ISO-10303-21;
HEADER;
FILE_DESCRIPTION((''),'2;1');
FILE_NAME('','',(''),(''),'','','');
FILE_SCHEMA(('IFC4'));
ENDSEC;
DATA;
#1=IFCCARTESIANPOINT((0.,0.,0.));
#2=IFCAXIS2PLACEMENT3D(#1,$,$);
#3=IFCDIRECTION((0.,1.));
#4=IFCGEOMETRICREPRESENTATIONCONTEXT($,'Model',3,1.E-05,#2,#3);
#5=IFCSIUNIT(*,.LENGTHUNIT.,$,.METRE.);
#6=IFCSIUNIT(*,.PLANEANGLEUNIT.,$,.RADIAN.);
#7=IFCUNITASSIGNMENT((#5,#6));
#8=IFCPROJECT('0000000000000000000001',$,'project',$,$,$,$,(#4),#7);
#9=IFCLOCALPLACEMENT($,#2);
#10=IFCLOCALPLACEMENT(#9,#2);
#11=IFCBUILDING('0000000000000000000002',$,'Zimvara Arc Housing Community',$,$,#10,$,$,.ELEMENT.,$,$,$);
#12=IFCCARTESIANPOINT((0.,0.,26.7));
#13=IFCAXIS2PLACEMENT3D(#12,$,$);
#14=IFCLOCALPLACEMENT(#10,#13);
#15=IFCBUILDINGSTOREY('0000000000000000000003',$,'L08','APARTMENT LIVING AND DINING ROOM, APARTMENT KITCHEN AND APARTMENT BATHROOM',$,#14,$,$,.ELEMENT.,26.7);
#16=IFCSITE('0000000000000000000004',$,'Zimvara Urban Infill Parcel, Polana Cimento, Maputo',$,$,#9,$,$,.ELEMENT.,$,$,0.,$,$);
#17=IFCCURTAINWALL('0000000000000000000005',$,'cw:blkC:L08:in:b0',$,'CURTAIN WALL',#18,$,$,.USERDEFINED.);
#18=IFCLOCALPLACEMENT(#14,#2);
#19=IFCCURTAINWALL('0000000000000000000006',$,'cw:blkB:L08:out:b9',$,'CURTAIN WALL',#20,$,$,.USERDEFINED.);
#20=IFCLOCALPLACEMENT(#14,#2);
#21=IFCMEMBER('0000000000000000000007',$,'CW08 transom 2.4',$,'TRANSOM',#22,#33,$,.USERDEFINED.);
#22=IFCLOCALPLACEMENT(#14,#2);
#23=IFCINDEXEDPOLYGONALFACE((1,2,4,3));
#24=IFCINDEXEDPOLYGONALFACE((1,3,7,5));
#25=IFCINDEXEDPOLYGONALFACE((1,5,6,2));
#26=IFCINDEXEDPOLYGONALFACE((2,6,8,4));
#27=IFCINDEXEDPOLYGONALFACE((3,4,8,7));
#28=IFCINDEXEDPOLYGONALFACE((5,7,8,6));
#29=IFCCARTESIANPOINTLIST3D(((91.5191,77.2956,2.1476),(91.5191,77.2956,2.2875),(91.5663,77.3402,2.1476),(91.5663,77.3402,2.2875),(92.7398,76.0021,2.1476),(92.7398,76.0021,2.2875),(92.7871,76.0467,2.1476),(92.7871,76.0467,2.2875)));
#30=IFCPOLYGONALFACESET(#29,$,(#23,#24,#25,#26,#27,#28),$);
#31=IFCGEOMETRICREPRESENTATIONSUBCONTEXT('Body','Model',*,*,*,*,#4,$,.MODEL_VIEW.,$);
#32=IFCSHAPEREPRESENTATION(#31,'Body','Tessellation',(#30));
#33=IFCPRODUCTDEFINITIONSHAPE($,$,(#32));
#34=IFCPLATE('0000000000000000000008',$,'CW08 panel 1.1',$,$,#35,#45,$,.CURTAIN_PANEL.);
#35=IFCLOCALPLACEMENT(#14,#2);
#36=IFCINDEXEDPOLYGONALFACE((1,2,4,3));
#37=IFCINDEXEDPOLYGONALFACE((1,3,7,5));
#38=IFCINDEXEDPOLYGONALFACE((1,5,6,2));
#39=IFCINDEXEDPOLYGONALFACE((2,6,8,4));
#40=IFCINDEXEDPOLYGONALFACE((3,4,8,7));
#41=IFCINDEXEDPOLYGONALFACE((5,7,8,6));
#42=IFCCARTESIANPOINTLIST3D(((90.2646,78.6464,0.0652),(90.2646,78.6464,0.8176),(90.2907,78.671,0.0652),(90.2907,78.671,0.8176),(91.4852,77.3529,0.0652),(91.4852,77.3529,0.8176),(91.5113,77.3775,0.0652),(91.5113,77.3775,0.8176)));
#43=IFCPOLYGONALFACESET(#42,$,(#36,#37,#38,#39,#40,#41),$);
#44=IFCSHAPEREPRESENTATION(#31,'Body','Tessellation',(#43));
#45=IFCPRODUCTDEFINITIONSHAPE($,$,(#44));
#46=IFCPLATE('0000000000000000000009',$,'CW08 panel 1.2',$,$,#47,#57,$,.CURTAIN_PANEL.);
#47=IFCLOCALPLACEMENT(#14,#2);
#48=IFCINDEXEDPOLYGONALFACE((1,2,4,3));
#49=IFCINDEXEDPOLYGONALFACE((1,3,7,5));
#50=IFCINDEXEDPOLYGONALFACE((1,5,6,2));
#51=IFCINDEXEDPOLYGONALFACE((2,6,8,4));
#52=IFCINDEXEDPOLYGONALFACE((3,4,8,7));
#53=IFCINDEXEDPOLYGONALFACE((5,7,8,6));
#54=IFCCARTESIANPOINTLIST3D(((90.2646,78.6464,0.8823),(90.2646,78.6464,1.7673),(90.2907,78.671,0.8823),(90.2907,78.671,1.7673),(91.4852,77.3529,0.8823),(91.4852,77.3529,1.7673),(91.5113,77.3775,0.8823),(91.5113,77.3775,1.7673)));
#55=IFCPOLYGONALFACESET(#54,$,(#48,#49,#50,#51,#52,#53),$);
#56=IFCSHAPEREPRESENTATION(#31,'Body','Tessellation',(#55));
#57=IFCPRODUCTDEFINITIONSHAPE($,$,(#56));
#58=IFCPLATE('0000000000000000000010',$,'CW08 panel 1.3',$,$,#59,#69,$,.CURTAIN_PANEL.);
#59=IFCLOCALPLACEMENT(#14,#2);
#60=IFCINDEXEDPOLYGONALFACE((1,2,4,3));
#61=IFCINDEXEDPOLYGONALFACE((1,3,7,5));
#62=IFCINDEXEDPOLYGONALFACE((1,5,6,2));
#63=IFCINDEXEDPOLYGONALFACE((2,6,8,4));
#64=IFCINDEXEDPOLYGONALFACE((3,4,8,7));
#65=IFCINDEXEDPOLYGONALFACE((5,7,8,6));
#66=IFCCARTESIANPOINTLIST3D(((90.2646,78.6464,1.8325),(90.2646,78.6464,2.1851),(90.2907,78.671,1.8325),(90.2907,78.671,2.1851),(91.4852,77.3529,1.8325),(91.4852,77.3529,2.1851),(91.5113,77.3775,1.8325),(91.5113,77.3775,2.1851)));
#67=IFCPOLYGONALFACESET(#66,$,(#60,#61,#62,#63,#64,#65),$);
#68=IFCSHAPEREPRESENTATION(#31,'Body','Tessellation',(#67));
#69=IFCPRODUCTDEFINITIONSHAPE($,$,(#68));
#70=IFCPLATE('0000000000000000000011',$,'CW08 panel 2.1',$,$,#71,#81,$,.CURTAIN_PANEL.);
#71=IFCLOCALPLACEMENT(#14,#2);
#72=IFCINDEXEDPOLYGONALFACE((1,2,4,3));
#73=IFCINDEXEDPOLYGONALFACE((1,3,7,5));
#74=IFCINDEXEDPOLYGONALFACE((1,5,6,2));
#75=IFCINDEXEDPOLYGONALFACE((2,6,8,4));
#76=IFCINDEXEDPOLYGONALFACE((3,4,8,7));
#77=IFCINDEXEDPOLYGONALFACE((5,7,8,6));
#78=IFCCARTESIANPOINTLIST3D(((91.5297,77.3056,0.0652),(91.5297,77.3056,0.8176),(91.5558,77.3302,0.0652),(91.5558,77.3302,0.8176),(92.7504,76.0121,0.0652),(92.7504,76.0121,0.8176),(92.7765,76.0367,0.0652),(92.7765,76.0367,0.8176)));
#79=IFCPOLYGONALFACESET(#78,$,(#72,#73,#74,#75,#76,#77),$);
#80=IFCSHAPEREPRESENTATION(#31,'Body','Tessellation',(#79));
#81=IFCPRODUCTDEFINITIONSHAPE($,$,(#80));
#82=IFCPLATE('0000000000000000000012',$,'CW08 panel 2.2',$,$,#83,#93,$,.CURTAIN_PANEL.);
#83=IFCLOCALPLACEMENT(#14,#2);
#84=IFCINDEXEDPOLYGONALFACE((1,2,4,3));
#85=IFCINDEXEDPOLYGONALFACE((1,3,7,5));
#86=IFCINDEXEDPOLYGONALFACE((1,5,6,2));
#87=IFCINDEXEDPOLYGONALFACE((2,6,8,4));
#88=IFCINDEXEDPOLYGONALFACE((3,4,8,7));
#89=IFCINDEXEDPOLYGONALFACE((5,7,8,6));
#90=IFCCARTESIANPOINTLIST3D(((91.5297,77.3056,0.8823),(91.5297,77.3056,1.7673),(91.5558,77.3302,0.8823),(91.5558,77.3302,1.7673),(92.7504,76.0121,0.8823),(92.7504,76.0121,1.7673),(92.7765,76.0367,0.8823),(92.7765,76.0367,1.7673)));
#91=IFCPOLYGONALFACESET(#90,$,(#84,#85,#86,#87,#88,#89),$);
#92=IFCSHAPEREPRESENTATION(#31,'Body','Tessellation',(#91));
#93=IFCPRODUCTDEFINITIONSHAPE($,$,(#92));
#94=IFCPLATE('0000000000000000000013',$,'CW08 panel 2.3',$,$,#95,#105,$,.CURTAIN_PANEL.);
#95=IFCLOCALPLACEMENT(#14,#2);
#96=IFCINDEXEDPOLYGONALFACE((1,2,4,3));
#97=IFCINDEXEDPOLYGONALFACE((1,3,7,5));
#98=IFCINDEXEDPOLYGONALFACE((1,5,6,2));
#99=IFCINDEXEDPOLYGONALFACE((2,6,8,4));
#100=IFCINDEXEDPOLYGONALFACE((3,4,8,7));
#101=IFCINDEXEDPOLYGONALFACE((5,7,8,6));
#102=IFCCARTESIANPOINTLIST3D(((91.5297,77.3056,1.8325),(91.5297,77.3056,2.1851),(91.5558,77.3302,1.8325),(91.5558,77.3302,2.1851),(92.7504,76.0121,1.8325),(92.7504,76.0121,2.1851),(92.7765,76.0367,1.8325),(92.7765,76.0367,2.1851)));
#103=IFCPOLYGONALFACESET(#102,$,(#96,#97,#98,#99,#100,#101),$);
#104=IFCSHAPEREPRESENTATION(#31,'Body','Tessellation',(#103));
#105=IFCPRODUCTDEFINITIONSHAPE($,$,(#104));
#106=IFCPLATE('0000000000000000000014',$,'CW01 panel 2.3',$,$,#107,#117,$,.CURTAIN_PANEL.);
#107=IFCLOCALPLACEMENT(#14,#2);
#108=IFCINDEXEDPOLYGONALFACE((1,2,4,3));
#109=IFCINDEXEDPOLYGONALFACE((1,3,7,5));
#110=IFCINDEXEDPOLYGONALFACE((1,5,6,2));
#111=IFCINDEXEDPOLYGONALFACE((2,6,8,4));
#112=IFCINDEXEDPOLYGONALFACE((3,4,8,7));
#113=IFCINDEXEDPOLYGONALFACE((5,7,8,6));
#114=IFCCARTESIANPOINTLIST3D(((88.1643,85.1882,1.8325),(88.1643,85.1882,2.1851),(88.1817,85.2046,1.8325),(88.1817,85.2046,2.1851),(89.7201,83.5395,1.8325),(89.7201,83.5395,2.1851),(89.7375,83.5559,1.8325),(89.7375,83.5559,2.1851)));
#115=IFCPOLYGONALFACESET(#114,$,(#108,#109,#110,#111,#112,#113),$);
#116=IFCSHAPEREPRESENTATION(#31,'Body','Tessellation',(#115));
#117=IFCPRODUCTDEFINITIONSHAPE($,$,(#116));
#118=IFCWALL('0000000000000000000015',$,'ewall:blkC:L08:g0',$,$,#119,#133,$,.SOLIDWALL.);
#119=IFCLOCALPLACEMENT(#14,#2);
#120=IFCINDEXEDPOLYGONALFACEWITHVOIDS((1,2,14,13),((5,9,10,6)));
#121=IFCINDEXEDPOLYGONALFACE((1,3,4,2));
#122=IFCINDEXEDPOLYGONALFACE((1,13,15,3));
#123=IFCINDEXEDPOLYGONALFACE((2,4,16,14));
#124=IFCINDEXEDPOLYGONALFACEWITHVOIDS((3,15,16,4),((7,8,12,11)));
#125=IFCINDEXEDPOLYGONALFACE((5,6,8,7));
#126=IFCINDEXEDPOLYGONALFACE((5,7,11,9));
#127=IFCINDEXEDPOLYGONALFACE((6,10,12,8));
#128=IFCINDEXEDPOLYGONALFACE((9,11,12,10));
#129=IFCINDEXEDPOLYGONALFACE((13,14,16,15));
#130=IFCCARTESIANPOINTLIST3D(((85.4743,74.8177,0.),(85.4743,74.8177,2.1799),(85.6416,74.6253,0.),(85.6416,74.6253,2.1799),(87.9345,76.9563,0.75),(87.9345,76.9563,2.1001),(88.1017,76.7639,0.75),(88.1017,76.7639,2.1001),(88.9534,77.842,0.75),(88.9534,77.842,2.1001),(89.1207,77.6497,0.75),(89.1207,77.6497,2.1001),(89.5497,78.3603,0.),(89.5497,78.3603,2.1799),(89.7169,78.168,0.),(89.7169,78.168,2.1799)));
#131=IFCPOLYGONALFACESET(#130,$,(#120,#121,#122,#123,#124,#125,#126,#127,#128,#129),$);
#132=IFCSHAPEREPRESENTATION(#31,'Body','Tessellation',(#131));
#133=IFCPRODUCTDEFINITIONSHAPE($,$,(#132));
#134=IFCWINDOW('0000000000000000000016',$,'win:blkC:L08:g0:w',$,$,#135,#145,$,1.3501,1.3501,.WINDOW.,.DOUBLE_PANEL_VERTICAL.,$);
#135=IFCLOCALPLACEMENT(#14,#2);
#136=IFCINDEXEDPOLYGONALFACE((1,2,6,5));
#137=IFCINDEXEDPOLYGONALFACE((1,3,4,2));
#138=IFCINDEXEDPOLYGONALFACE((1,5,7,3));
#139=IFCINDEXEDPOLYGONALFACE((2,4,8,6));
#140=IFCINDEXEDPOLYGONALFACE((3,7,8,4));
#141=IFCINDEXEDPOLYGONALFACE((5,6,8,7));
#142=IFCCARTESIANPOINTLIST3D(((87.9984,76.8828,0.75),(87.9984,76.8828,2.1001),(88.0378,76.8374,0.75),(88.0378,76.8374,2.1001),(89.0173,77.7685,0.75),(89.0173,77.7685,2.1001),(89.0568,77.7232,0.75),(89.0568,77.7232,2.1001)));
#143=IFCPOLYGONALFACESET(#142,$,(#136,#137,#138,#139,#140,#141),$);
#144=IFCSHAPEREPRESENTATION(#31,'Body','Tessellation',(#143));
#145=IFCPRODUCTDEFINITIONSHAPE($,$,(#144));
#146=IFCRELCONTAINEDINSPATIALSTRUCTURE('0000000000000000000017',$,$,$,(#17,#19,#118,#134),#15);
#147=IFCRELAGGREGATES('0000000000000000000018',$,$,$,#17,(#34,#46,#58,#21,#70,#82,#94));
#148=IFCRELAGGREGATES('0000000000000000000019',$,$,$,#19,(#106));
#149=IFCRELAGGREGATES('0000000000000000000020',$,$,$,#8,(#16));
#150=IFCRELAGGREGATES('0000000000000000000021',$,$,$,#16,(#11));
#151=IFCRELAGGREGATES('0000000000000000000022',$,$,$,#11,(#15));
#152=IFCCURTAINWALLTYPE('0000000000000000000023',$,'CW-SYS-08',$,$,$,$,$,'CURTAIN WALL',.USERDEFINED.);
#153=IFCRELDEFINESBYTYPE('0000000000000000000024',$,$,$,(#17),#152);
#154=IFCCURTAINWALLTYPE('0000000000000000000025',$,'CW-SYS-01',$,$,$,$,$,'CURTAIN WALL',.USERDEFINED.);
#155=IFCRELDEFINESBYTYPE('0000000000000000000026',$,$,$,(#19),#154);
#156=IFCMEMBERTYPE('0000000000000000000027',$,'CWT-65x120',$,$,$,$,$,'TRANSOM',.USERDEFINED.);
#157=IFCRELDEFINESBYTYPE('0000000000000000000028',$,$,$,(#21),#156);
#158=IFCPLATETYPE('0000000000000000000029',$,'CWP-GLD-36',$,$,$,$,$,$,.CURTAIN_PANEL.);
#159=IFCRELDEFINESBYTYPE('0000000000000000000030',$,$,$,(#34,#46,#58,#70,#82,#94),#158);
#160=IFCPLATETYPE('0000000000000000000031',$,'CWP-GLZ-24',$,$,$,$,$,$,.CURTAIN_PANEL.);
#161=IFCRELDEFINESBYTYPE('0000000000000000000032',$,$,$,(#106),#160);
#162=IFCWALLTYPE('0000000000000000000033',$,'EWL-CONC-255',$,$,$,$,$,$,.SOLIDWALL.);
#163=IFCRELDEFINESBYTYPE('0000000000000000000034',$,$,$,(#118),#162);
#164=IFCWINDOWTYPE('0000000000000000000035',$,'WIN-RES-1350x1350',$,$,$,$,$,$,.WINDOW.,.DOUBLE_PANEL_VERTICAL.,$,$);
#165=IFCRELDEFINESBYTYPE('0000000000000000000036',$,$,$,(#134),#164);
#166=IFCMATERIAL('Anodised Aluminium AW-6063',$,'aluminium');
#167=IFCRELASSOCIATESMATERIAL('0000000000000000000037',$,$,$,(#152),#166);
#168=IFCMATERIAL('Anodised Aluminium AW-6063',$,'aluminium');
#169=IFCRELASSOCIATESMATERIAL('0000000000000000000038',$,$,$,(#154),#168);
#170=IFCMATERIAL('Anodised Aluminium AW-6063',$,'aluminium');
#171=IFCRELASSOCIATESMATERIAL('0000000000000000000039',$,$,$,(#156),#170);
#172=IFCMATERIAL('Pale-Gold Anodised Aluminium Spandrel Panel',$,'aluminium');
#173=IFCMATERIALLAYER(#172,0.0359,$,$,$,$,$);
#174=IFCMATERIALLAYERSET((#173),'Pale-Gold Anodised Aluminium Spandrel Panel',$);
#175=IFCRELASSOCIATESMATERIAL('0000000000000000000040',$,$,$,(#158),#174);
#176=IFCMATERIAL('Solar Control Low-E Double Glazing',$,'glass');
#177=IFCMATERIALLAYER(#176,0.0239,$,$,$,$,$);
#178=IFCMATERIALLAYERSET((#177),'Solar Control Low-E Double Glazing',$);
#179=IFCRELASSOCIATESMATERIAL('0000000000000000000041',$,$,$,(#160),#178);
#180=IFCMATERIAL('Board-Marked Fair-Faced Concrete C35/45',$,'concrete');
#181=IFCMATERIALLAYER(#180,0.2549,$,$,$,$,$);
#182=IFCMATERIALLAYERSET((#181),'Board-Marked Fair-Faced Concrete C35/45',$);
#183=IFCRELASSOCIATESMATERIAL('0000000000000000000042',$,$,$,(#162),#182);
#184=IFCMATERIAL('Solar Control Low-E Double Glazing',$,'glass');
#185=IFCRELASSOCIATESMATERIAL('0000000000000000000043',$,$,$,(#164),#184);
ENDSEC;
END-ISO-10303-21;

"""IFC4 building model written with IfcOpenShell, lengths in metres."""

from ifc_helpers import new_model, si_unit, direction, frame, frame_2d, origin, origin_2d, place, context, subcontext, project, spatial, rectangle, extrude, material, layer, layer_set, material_profile, profile_set, type_object, element, fill, aggregate, save


model = new_model("IFC4")

# Units and contexts
model_context = context("Model", 3, precision=1e-05, world=origin(), true_north=direction((0.0, 1.0)))
body_context = subcontext(model_context, "Body", "Model", "MODEL_VIEW")
ifc_project = project(units=[si_unit("LENGTHUNIT", "METRE"), si_unit("PLANEANGLEUNIT", "RADIAN")], contexts=[model_context])

# Site, building, storey
site_placement = place(None, origin())
site = spatial("IfcSite", under=ifc_project, at=site_placement, Name="Zimvara Urban Infill Parcel, Polana Cimento, Maputo", CompositionType="ELEMENT", RefElevation=0.0)
building_placement = place(site_placement, origin())
building = spatial("IfcBuilding", under=site, at=building_placement, Name="Zimvara Arc Housing Community", CompositionType="ELEMENT")
storey_placement = place(building_placement, frame((0.0, 0.0, 26.7)))
storey = spatial("IfcBuildingStorey", under=building, at=storey_placement, Name="L08", Description="APARTMENT LIVING AND DINING ROOM, APARTMENT KITCHEN AND APARTMENT BATHROOM", CompositionType="ELEMENT", Elevation=26.7)

# Curtain wall
ifc_material_1 = material(Name="Anodised Aluminium AW-6063", Category="aluminium")
curtain_wall_type_1 = type_object("IfcCurtainWallType", Name="CW-SYS-08", ElementType="CURTAIN WALL", PredefinedType="USERDEFINED", material=ifc_material_1)
curtain_wall_1_placement = place(storey_placement, origin())
curtain_wall_1 = element("IfcCurtainWall", 1, at=curtain_wall_1_placement, inside=storey, type_object=curtain_wall_type_1, Name="cw:blkC:L08:in:b0", ObjectType="CURTAIN WALL", PredefinedType="USERDEFINED")

# Curtain wall
ifc_material_2 = material(Name="Anodised Aluminium AW-6063", Category="aluminium")
curtain_wall_type_2 = type_object("IfcCurtainWallType", Name="CW-SYS-01", ElementType="CURTAIN WALL", PredefinedType="USERDEFINED", material=ifc_material_2)
curtain_wall_2_placement = place(storey_placement, origin())
curtain_wall_2 = element("IfcCurtainWall", 2, at=curtain_wall_2_placement, inside=storey, type_object=curtain_wall_type_2, Name="cw:blkB:L08:out:b9", ObjectType="CURTAIN WALL", PredefinedType="USERDEFINED")

# Member
ifc_material_3 = material(Name="Anodised Aluminium AW-6063", Category="aluminium")
ifc_material_profile_1 = material_profile(ifc_material_3, rectangle(XDim=0.0649, YDim=0.1399, at=origin_2d()), Name="ALU 65x140")
ifc_profile_set_1 = profile_set([ifc_material_profile_1], Name="Anodised Aluminium AW-6063")
member_type_1 = type_object("IfcMemberType", Name="CWT-65x120", ElementType="TRANSOM", PredefinedType="USERDEFINED", material=ifc_profile_set_1)
member_1_placement = place(storey_placement, frame((91.5427, 77.3179, 2.2175), z_axis=(0.686357, -0.727264, 0.0), x_axis=(0.727264, 0.686357, 0.0)))
member_1 = element("IfcMember", 3, at=member_1_placement, type_object=member_type_1, Name="CW08 transom 2.4", ObjectType="TRANSOM", PredefinedType="USERDEFINED", context=body_context, shape_type="SweptSolid", body=[
    extrude(rectangle(XDim=0.0649, YDim=0.1399, at=origin_2d()), origin(), (0.0, 0.0, 1.0), 1.7786),
])

# Plates
ifc_material_4 = material(Name="Pale-Gold Anodised Aluminium Spandrel Panel", Category="aluminium")
ifc_layer_1 = layer(ifc_material_4, 0.0359)
ifc_layer_set_1 = layer_set([ifc_layer_1], Name="Pale-Gold Anodised Aluminium Spandrel Panel")
plate_type_1 = type_object("IfcPlateType", Name="CWP-GLD-36", PredefinedType="CURTAIN_PANEL", material=ifc_layer_set_1)
plate_1_placement = place(storey_placement, frame((90.8879, 78.012, 0.0652), z_axis=(0.0, 0.0, 1.0), x_axis=(0.686326, -0.727294, 0.0)))
plate_1 = element("IfcPlate", 4, at=plate_1_placement, type_object=plate_type_1, Name="CW08 panel 1.1", PredefinedType="CURTAIN_PANEL", context=body_context, shape_type="SweptSolid", body=[
    extrude(rectangle(XDim=1.7786, YDim=0.0359, at=origin_2d()), origin(), (0.0, 0.0, 1.0), 0.7524),
])
plate_2_placement = place(storey_placement, frame((90.8879, 78.012, 0.8823), z_axis=(0.0, 0.0, 1.0), x_axis=(0.686326, -0.727294, 0.0)))
plate_2 = element("IfcPlate", 5, at=plate_2_placement, type_object=plate_type_1, Name="CW08 panel 1.2", PredefinedType="CURTAIN_PANEL", context=body_context, shape_type="SweptSolid", body=[
    extrude(rectangle(XDim=1.7786, YDim=0.0359, at=origin_2d()), origin(), (0.0, 0.0, 1.0), 0.885),
])
plate_3_placement = place(storey_placement, frame((90.8879, 78.012, 1.8325), z_axis=(0.0, 0.0, 1.0), x_axis=(0.686326, -0.727294, 0.0)))
plate_3 = element("IfcPlate", 6, at=plate_3_placement, type_object=plate_type_1, Name="CW08 panel 1.3", PredefinedType="CURTAIN_PANEL", context=body_context, shape_type="SweptSolid", body=[
    extrude(rectangle(XDim=1.7786, YDim=0.0359, at=origin_2d()), origin(), (0.0, 0.0, 1.0), 0.3525),
])
plate_4_placement = place(storey_placement, frame((92.1531, 76.6711, 0.0652), z_axis=(0.0, 0.0, 1.0), x_axis=(0.686326, -0.727294, 0.0)))
plate_4 = element("IfcPlate", 7, at=plate_4_placement, type_object=plate_type_1, Name="CW08 panel 2.1", PredefinedType="CURTAIN_PANEL", context=body_context, shape_type="SweptSolid", body=[
    extrude(rectangle(XDim=1.7786, YDim=0.0359, at=origin_2d()), origin(), (0.0, 0.0, 1.0), 0.7524),
])
plate_5_placement = place(storey_placement, frame((92.1531, 76.6711, 0.8823), z_axis=(0.0, 0.0, 1.0), x_axis=(0.686326, -0.727294, 0.0)))
plate_5 = element("IfcPlate", 8, at=plate_5_placement, type_object=plate_type_1, Name="CW08 panel 2.2", PredefinedType="CURTAIN_PANEL", context=body_context, shape_type="SweptSolid", body=[
    extrude(rectangle(XDim=1.7786, YDim=0.0359, at=origin_2d()), origin(), (0.0, 0.0, 1.0), 0.885),
])
plate_6_placement = place(storey_placement, frame((92.1531, 76.6711, 1.8325), z_axis=(0.0, 0.0, 1.0), x_axis=(0.686326, -0.727294, 0.0)))
plate_6 = element("IfcPlate", 9, at=plate_6_placement, type_object=plate_type_1, Name="CW08 panel 2.3", PredefinedType="CURTAIN_PANEL", context=body_context, shape_type="SweptSolid", body=[
    extrude(rectangle(XDim=1.7786, YDim=0.0359, at=origin_2d()), origin(), (0.0, 0.0, 1.0), 0.3525),
])
aggregate(curtain_wall_1, [plate_1, plate_2, plate_3, member_1, plate_4, plate_5, plate_6])
ifc_material_5 = material(Name="Solar Control Low-E Double Glazing", Category="glass")
ifc_layer_2 = layer(ifc_material_5, 0.0239)
ifc_layer_set_2 = layer_set([ifc_layer_2], Name="Solar Control Low-E Double Glazing")
plate_type_2 = type_object("IfcPlateType", Name="CWP-GLZ-24", PredefinedType="CURTAIN_PANEL", material=ifc_layer_set_2)
plate_7_placement = place(storey_placement, frame((88.9509, 84.3721, 1.8325), z_axis=(0.0, 0.0, 1.0), x_axis=(0.686326, -0.727294, 0.0)))
plate_7 = element("IfcPlate", 10, at=plate_7_placement, type_object=plate_type_2, Name="CW01 panel 2.3", PredefinedType="CURTAIN_PANEL", context=body_context, shape_type="SweptSolid", body=[
    extrude(rectangle(XDim=2.2668, YDim=0.0239, at=origin_2d()), origin(), (0.0, 0.0, 1.0), 0.3525),
])
aggregate(curtain_wall_2, [plate_7])

# Wall, opening, window
ifc_material_6 = material(Name="Board-Marked Fair-Faced Concrete C35/45", Category="concrete")
ifc_layer_3 = layer(ifc_material_6, 0.2549)
ifc_layer_set_3 = layer_set([ifc_layer_3], Name="Board-Marked Fair-Faced Concrete C35/45")
wall_type = type_object("IfcWallType", Name="EWL-CONC-255", PredefinedType="SOLIDWALL", material=ifc_layer_set_3)
wall_placement = place(storey_placement, frame((89.6333, 78.2642, 0.0), z_axis=(0.0, 0.0, 1.0), x_axis=(-0.75471, -0.656059, 0.0)))
wall = element("IfcWall", 11, at=wall_placement, inside=storey, type_object=wall_type, Name="ewall:blkC:L08:g0", PredefinedType="SOLIDWALL", context=body_context, shape_type="SweptSolid", body=[
    extrude(rectangle(XDim=5.3999, YDim=0.2549, at=frame_2d((2.7, 0.0))), origin(), (0.0, 0.0, 1.0), 2.1799),
])
opening_placement = place(wall_placement, frame((0.79, 0.0, 0.75)))
opening = element("IfcOpeningElement", 12, at=opening_placement, cuts=wall, PredefinedType="OPENING", context=body_context, shape_type="SweptSolid", body=[
    extrude(rectangle(XDim=1.3501, YDim=1.3501, at=frame_2d((0.675, 0.675))), frame((0.0, 0.1375, 0.0), z_axis=(0.0, -1.0, 0.0), x_axis=(1.0, 0.0, 0.0)), (0.0, 0.0, 1.0), 0.2749),
])
ifc_material_7 = material(Name="Solar Control Low-E Double Glazing", Category="glass")
window_type = type_object("IfcWindowType", Name="WIN-RES-1350x1350", PartitioningType="DOUBLE_PANEL_VERTICAL", PredefinedType="WINDOW", material=ifc_material_7)
window_placement = place(opening_placement, origin())
window = element("IfcWindow", 13, at=window_placement, inside=storey, type_object=window_type, Name="win:blkC:L08:g0:w", OverallHeight=1.3501, OverallWidth=1.3501, PartitioningType="DOUBLE_PANEL_VERTICAL", PredefinedType="WINDOW", context=body_context, shape_type="SweptSolid", body=[
    extrude(rectangle(XDim=1.3501, YDim=1.3501, at=frame_2d((0.675, 0.675))), frame((0.0, 0.03, 0.0), z_axis=(0.0, -1.0, 0.0), x_axis=(1.0, 0.0, 0.0)), (0.0, 0.0, 1.0), 0.0601),
])
fill(opening, window)

save(model, "model.ifc")
